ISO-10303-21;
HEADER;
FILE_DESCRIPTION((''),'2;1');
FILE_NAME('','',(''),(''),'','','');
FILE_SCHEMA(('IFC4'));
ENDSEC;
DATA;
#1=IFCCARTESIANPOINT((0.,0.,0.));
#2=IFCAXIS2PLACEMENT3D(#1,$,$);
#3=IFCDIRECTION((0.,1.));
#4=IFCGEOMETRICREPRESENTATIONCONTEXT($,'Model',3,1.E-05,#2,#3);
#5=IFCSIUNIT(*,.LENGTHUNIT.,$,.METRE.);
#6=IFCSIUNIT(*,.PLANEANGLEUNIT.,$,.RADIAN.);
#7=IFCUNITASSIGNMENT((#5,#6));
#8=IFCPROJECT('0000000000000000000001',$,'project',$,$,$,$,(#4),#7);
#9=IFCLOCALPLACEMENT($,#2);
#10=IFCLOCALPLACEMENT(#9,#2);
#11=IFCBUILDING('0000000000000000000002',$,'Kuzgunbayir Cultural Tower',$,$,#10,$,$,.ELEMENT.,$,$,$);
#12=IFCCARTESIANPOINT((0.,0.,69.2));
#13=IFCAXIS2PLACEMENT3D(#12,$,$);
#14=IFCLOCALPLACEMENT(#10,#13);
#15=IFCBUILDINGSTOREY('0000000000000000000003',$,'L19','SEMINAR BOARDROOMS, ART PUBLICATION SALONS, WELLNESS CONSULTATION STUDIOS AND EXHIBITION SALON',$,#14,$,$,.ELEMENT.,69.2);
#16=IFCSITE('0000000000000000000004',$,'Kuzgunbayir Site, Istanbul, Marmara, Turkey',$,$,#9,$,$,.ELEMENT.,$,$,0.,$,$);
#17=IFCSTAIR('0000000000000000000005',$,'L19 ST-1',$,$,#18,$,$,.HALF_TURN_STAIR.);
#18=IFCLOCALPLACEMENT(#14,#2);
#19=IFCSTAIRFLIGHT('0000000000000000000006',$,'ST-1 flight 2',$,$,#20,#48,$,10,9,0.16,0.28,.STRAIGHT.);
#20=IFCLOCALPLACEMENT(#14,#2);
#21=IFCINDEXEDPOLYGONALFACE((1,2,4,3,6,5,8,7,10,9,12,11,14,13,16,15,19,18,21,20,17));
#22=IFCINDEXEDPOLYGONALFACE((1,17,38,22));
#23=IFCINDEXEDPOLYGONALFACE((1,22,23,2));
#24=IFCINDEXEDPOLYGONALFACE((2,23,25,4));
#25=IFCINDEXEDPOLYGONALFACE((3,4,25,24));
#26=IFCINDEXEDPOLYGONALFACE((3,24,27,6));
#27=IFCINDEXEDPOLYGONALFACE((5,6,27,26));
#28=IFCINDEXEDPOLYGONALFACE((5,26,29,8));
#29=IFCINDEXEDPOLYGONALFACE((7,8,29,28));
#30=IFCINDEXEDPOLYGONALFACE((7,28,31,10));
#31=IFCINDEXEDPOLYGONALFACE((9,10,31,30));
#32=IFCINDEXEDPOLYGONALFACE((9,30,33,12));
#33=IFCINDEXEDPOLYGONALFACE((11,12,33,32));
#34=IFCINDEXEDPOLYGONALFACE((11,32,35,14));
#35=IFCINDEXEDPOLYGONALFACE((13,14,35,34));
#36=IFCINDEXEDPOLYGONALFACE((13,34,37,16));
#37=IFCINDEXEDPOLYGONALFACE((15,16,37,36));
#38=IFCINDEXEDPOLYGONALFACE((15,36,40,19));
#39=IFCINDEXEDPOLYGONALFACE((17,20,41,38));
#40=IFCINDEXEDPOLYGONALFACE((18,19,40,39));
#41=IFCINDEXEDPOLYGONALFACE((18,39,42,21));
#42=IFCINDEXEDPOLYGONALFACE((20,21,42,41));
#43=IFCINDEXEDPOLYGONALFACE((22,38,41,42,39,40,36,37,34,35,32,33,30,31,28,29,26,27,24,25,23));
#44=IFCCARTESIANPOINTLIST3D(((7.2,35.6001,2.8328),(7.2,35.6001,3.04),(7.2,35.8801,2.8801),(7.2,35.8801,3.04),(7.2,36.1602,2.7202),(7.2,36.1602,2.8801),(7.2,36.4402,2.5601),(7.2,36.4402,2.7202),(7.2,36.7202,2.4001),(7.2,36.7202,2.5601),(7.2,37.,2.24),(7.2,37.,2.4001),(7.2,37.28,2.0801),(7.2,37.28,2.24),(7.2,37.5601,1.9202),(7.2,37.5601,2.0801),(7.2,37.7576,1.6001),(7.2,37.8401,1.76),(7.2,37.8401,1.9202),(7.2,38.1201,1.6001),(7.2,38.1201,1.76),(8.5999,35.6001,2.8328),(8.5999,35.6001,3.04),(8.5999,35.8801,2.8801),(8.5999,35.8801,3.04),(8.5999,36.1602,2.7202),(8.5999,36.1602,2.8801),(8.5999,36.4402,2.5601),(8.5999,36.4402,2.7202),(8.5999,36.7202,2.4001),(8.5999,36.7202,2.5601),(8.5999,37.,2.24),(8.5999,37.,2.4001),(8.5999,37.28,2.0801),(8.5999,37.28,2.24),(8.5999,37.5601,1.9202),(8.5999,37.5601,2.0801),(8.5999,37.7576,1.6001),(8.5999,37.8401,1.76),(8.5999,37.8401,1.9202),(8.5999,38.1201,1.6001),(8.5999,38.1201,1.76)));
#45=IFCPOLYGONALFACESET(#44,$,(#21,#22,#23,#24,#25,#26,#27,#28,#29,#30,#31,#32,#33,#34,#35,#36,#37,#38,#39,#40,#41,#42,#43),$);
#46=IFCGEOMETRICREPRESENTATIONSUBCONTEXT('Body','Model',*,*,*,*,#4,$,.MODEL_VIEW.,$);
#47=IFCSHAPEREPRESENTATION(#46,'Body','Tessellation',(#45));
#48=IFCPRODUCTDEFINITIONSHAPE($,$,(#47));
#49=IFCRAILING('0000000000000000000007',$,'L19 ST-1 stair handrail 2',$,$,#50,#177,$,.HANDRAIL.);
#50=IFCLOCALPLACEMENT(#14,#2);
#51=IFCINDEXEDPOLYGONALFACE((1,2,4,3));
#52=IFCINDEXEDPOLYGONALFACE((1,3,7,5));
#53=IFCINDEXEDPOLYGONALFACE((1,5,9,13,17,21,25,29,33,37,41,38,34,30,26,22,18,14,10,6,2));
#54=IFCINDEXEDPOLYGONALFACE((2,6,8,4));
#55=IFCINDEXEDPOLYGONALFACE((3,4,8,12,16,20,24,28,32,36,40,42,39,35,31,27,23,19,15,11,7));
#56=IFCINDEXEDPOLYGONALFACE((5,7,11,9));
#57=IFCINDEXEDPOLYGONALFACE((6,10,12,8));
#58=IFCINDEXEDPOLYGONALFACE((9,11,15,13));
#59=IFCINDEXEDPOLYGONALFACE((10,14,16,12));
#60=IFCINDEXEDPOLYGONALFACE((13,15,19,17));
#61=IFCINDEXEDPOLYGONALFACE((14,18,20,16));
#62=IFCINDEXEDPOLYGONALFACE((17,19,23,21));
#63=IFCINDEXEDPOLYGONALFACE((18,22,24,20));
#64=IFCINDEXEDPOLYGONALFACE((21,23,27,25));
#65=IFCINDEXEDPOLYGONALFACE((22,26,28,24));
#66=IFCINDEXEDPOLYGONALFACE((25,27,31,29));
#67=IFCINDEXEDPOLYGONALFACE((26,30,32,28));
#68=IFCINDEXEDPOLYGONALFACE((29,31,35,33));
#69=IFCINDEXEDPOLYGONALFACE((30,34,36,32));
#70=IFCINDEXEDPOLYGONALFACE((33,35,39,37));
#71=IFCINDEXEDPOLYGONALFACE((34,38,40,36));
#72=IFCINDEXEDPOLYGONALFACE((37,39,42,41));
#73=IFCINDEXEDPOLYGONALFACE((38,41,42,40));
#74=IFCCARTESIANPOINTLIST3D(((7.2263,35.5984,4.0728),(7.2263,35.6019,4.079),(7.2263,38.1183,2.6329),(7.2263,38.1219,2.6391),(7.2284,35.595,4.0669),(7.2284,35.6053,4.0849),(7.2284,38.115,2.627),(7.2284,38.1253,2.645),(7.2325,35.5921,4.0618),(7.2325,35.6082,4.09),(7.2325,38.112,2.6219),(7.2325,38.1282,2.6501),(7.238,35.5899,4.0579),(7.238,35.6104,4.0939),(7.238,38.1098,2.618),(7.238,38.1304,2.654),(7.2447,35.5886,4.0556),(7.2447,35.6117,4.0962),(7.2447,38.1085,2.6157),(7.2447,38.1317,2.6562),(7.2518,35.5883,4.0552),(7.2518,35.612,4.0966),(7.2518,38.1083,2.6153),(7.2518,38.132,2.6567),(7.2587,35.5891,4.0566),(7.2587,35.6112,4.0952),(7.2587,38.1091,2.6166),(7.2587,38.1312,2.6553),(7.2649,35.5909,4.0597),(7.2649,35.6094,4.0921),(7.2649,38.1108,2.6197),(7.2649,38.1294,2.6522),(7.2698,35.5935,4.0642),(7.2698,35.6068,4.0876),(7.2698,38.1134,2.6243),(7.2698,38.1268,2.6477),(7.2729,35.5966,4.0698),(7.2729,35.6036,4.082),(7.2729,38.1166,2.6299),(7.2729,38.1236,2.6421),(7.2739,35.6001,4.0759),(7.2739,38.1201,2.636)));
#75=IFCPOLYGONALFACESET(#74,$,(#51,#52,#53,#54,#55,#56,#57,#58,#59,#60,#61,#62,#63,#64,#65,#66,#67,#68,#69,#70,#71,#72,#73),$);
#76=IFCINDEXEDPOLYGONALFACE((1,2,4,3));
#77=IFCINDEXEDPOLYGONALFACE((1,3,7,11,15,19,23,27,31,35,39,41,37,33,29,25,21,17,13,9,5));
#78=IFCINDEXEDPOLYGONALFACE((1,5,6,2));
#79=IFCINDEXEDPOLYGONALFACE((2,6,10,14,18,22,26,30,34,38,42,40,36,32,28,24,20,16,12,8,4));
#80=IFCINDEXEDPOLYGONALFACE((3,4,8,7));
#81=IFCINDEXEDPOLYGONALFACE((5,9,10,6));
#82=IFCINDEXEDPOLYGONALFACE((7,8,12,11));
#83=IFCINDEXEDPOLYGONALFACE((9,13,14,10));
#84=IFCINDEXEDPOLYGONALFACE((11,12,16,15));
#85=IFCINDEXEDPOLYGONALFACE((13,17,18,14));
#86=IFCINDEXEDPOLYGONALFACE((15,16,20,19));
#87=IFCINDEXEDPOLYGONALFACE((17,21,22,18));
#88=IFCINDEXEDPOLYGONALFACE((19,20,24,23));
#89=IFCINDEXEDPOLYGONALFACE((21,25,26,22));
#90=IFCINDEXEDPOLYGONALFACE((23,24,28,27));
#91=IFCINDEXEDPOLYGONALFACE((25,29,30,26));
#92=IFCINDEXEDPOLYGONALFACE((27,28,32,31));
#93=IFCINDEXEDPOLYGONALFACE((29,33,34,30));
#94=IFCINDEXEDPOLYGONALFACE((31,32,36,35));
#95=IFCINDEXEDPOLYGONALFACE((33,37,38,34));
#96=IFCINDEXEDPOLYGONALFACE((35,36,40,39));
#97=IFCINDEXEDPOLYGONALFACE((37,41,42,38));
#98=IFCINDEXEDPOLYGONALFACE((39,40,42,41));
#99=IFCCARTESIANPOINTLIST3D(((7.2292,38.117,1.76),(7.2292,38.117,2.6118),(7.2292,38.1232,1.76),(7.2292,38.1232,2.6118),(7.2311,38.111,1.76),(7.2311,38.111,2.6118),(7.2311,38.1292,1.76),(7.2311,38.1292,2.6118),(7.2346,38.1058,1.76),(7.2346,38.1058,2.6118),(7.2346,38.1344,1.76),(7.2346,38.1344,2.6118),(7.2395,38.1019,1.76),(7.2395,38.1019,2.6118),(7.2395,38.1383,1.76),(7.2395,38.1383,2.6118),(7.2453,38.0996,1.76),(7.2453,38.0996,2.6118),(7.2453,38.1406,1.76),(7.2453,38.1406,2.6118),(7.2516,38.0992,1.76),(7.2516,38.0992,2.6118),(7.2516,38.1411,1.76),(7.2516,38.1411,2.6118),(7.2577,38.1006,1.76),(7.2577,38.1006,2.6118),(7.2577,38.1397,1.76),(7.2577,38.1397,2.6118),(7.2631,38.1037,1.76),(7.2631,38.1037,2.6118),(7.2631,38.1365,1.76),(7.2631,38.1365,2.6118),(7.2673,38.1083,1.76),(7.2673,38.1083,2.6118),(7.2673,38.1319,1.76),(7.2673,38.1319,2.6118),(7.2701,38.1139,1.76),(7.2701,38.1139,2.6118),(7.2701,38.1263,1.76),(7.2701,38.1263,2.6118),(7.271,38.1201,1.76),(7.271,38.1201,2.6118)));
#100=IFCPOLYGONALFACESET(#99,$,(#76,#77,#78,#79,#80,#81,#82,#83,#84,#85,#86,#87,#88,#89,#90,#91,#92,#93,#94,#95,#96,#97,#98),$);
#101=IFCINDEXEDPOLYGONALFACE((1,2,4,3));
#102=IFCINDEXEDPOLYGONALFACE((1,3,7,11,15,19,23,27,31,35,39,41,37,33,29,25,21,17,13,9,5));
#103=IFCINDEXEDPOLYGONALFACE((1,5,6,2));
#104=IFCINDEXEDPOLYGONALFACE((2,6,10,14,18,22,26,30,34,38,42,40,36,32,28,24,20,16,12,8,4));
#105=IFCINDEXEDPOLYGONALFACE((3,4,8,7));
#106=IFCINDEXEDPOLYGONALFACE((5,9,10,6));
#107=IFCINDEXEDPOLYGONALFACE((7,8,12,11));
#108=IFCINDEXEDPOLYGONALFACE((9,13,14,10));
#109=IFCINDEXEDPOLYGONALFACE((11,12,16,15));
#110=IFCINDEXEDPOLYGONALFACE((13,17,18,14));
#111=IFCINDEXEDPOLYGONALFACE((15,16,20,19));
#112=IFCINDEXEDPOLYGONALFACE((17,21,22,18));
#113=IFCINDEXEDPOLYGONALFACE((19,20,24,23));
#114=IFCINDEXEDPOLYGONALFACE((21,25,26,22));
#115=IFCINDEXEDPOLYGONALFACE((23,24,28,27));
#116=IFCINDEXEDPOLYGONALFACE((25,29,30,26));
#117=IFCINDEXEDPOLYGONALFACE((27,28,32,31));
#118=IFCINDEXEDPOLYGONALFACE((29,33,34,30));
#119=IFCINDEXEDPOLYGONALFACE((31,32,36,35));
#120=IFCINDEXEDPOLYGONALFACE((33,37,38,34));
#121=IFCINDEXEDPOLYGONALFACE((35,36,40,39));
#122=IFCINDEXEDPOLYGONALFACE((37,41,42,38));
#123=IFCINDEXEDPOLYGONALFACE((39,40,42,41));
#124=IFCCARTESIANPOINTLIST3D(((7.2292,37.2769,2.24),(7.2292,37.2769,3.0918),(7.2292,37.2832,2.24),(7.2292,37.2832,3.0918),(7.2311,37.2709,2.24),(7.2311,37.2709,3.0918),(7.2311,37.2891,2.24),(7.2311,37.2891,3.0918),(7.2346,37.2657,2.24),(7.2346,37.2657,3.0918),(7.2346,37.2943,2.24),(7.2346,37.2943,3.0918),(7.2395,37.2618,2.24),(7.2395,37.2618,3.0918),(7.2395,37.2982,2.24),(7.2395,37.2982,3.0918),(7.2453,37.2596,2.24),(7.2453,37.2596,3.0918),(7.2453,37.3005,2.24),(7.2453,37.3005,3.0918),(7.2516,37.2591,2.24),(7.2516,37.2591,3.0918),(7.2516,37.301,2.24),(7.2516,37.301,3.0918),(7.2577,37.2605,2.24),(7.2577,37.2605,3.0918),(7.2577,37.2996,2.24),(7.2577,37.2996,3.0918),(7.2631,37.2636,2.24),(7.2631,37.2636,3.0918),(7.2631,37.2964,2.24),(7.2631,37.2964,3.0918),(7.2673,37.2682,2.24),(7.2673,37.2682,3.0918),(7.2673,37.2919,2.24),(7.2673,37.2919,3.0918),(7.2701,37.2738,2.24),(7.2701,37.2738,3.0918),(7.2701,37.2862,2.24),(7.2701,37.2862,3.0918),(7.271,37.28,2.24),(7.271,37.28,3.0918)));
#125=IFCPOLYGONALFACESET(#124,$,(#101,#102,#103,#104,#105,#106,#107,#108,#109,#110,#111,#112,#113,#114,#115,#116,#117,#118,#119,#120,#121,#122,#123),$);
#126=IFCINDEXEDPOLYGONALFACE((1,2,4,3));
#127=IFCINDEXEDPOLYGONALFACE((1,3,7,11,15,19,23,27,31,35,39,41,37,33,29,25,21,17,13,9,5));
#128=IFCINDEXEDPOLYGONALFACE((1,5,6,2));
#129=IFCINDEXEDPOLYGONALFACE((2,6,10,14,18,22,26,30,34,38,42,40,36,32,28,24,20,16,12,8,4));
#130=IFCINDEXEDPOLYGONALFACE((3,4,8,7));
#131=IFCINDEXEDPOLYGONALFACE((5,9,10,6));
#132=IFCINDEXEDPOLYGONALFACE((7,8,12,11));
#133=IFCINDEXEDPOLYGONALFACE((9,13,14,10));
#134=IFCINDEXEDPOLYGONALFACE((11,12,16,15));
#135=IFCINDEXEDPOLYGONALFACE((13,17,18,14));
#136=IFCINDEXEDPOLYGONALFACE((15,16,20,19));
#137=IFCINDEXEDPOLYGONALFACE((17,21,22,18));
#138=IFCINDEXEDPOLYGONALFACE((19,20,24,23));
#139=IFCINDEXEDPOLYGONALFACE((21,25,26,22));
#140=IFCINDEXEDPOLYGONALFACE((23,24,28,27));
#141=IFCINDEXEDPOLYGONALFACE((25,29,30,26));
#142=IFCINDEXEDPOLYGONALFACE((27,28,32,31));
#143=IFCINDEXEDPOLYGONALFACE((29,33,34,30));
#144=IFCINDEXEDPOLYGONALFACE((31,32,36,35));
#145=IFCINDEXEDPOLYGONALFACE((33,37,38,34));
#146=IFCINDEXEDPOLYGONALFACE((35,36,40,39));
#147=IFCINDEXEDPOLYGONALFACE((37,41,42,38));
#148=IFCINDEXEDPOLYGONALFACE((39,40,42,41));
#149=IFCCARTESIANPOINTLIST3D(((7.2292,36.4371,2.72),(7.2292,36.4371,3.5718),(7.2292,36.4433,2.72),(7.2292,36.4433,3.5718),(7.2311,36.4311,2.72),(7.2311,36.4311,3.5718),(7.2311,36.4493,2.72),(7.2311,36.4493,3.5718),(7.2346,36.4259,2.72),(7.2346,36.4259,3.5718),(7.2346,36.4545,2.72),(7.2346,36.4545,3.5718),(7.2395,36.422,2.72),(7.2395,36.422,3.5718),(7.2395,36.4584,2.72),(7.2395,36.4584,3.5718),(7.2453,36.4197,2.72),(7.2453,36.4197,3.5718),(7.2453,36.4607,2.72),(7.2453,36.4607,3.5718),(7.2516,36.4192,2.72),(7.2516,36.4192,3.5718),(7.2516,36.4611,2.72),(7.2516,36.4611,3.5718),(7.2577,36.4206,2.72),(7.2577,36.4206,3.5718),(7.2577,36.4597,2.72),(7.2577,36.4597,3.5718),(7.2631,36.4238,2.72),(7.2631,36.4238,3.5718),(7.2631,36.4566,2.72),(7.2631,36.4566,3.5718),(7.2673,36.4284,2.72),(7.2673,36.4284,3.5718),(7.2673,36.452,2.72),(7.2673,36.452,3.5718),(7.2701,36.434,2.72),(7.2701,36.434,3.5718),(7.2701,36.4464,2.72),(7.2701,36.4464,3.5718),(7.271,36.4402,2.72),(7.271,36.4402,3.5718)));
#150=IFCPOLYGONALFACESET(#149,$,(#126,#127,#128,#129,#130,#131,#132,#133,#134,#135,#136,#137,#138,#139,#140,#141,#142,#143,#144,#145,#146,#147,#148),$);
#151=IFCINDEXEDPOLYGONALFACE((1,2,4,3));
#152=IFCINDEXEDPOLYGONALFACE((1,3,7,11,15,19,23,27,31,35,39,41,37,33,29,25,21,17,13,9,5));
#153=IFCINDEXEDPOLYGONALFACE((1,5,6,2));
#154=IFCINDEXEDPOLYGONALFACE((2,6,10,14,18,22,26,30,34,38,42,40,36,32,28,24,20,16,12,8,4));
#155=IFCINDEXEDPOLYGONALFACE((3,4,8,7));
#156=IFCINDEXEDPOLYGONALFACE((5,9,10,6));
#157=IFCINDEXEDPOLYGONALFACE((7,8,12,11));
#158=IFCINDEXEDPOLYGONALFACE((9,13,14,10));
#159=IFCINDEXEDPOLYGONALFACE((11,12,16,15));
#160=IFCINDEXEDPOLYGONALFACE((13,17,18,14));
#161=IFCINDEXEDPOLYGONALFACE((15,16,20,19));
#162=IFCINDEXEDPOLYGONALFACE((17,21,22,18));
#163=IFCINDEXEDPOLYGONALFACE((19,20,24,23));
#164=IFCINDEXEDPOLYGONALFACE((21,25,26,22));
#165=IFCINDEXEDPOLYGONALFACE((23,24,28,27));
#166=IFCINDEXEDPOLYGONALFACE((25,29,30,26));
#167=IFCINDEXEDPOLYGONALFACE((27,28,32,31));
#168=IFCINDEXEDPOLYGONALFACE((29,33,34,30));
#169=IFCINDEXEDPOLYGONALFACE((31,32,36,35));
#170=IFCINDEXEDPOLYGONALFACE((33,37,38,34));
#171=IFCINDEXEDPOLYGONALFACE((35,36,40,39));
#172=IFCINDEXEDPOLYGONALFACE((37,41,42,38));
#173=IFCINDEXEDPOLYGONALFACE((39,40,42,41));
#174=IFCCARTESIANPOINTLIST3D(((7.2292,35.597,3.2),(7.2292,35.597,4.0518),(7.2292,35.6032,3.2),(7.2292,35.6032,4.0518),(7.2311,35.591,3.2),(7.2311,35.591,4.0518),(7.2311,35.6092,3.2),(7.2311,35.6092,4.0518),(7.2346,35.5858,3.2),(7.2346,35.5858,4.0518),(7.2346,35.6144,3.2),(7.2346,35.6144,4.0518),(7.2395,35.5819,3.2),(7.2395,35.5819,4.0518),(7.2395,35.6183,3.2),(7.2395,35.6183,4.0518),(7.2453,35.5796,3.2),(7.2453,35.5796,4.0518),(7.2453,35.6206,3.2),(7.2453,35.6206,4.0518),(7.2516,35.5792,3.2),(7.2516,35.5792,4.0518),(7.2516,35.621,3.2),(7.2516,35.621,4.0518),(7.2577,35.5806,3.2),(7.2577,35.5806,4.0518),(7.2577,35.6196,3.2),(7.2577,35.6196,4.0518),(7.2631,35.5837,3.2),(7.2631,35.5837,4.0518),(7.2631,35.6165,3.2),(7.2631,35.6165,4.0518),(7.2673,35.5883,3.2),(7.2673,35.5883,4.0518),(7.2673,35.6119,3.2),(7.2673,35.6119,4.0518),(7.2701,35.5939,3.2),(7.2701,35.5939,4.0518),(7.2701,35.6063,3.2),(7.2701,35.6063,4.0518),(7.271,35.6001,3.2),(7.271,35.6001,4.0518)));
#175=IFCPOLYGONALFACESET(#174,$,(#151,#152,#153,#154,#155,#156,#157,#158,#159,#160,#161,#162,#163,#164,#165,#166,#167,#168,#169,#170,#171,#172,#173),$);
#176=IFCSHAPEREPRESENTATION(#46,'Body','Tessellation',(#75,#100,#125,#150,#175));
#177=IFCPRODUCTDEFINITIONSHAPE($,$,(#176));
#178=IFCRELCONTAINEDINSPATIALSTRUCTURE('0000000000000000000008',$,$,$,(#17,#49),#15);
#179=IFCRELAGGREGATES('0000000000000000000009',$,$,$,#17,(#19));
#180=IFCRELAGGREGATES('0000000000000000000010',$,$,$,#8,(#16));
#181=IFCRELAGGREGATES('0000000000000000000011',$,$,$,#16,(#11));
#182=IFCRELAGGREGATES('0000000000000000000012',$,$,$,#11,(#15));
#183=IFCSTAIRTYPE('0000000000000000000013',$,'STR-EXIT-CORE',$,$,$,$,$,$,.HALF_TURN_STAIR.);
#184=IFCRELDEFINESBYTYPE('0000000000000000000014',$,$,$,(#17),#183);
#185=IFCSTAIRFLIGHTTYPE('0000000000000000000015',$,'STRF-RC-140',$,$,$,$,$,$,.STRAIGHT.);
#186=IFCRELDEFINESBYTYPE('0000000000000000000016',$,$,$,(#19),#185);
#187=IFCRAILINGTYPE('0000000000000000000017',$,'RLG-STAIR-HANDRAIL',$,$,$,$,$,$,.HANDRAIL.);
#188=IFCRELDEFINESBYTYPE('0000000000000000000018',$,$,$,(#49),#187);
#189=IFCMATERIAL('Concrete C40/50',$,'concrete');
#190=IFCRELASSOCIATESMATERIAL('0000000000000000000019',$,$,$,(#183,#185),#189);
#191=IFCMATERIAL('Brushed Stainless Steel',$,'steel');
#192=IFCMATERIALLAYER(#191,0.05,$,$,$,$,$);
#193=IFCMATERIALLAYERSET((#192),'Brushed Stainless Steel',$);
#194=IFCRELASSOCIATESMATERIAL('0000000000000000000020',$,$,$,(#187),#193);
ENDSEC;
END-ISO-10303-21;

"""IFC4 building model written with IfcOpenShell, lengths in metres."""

from ifc_helpers import new_model, si_unit, direction, frame, origin, origin_2d, place, context, subcontext, project, spatial, polyline, circle, outline, extrude, material, layer, layer_set, type_object, element, aggregate, save


model = new_model("IFC4")

# Units and contexts
model_context = context("Model", 3, precision=1e-05, world=origin(), true_north=direction((0.0, 1.0)))
body_context = subcontext(model_context, "Body", "Model", "MODEL_VIEW")
ifc_project = project(units=[si_unit("LENGTHUNIT", "METRE"), si_unit("PLANEANGLEUNIT", "RADIAN")], contexts=[model_context])

# Site, building, storey
site_placement = place(None, origin())
site = spatial("IfcSite", under=ifc_project, at=site_placement, Name="Kuzgunbayir Site, Istanbul, Marmara, Turkey", CompositionType="ELEMENT", RefElevation=0.0)
building_placement = place(site_placement, origin())
building = spatial("IfcBuilding", under=site, at=building_placement, Name="Kuzgunbayir Cultural Tower", CompositionType="ELEMENT")
storey_placement = place(building_placement, frame((0.0, 0.0, 69.2)))
storey = spatial("IfcBuildingStorey", under=building, at=storey_placement, Name="L19", Description="SEMINAR BOARDROOMS, ART PUBLICATION SALONS, WELLNESS CONSULTATION STUDIOS AND EXHIBITION SALON", CompositionType="ELEMENT", Elevation=69.2)

# Stair, stair flight
ifc_material_1 = material(Name="Concrete C40/50", Category="concrete")
stair_type = type_object("IfcStairType", Name="STR-EXIT-CORE", PredefinedType="HALF_TURN_STAIR", material=ifc_material_1)
stair_placement = place(storey_placement, origin())
stair = element("IfcStair", 1, at=stair_placement, inside=storey, type_object=stair_type, Name="L19 ST-1", PredefinedType="HALF_TURN_STAIR")
stair_flight_type = type_object("IfcStairFlightType", Name="STRF-RC-140", PredefinedType="STRAIGHT", material=ifc_material_1)
stair_flight_placement = place(storey_placement, frame((7.8999, 38.1201, 1.6001), z_axis=(0.0, 0.0, 1.0), x_axis=(0.0, -1.0, 0.0)))
stair_flight = element("IfcStairFlight", 2, at=stair_flight_placement, type_object=stair_flight_type, Name="ST-1 flight 2", NumberOfRisers=10, NumberOfTreads=9, PredefinedType="STRAIGHT", RiserHeight=0.16, TreadLength=0.28, context=body_context, shape_type="SweptSolid", body=[
    extrude(outline(polyline([(0.0, 0.0), (0.0, 0.1599), (0.28, 0.1599), (0.28, 0.3201), (0.5601, 0.3201), (0.5601, 0.48), (0.8401, 0.48), (0.8401, 0.6399), (1.1201, 0.6399), (1.1201, 0.8), (1.3999, 0.8), (1.3999, 0.96), (1.6799, 0.96), (1.6799, 1.1201), (1.96, 1.1201), (1.96, 1.28), (2.24, 1.28), (2.24, 1.4399), (2.52, 1.4399), (2.52, 1.6001), (2.52, 1.2327), (0.3625, 0.0), (0.0, 0.0)])), frame((0.0, 0.7, 0.0), z_axis=(0.0, -1.0, 0.0), x_axis=(1.0, 0.0, 0.0)), (0.0, 0.0, 1.0), 1.3999),
])
aggregate(stair, [stair_flight])

# Railing
ifc_material_2 = material(Name="Brushed Stainless Steel", Category="steel")
ifc_layer_1 = layer(ifc_material_2, 0.05)
ifc_layer_set_1 = layer_set([ifc_layer_1], Name="Brushed Stainless Steel")
railing_type_1 = type_object("IfcRailingType", Name="RLG-STAIR-HANDRAIL", PredefinedType="HANDRAIL", material=ifc_layer_set_1)
railing_1_placement = place(storey_placement, frame((7.25, 38.1201, 1.76)))
element("IfcRailing", 3, at=railing_1_placement, inside=storey, type_object=railing_type_1, Name="L19 ST-1 stair handrail 2", PredefinedType="HANDRAIL", context=body_context, shape_type="SweptSolid", body=[
    extrude(circle(Radius=0.0239, at=origin_2d()), frame((0.0, 0.0, 0.876), z_axis=(0.0, -0.868253, 0.496121), x_axis=(1.0, 0.0, 0.0)), (0.0, 0.0, 1.0), 2.9023),
    extrude(circle(Radius=0.021, at=origin_2d()), origin(), (0.0, 0.0, 1.0), 0.8518),
    extrude(circle(Radius=0.021, at=origin_2d()), frame((0.0, -0.8401, 0.48)), (0.0, 0.0, 1.0), 0.8518),
    extrude(circle(Radius=0.021, at=origin_2d()), frame((0.0, -1.6799, 0.96)), (0.0, 0.0, 1.0), 0.8518),
    extrude(circle(Radius=0.021, at=origin_2d()), frame((0.0, -2.52, 1.4399)), (0.0, 0.0, 1.0), 0.8518),
])

save(model, "model.ifc")
